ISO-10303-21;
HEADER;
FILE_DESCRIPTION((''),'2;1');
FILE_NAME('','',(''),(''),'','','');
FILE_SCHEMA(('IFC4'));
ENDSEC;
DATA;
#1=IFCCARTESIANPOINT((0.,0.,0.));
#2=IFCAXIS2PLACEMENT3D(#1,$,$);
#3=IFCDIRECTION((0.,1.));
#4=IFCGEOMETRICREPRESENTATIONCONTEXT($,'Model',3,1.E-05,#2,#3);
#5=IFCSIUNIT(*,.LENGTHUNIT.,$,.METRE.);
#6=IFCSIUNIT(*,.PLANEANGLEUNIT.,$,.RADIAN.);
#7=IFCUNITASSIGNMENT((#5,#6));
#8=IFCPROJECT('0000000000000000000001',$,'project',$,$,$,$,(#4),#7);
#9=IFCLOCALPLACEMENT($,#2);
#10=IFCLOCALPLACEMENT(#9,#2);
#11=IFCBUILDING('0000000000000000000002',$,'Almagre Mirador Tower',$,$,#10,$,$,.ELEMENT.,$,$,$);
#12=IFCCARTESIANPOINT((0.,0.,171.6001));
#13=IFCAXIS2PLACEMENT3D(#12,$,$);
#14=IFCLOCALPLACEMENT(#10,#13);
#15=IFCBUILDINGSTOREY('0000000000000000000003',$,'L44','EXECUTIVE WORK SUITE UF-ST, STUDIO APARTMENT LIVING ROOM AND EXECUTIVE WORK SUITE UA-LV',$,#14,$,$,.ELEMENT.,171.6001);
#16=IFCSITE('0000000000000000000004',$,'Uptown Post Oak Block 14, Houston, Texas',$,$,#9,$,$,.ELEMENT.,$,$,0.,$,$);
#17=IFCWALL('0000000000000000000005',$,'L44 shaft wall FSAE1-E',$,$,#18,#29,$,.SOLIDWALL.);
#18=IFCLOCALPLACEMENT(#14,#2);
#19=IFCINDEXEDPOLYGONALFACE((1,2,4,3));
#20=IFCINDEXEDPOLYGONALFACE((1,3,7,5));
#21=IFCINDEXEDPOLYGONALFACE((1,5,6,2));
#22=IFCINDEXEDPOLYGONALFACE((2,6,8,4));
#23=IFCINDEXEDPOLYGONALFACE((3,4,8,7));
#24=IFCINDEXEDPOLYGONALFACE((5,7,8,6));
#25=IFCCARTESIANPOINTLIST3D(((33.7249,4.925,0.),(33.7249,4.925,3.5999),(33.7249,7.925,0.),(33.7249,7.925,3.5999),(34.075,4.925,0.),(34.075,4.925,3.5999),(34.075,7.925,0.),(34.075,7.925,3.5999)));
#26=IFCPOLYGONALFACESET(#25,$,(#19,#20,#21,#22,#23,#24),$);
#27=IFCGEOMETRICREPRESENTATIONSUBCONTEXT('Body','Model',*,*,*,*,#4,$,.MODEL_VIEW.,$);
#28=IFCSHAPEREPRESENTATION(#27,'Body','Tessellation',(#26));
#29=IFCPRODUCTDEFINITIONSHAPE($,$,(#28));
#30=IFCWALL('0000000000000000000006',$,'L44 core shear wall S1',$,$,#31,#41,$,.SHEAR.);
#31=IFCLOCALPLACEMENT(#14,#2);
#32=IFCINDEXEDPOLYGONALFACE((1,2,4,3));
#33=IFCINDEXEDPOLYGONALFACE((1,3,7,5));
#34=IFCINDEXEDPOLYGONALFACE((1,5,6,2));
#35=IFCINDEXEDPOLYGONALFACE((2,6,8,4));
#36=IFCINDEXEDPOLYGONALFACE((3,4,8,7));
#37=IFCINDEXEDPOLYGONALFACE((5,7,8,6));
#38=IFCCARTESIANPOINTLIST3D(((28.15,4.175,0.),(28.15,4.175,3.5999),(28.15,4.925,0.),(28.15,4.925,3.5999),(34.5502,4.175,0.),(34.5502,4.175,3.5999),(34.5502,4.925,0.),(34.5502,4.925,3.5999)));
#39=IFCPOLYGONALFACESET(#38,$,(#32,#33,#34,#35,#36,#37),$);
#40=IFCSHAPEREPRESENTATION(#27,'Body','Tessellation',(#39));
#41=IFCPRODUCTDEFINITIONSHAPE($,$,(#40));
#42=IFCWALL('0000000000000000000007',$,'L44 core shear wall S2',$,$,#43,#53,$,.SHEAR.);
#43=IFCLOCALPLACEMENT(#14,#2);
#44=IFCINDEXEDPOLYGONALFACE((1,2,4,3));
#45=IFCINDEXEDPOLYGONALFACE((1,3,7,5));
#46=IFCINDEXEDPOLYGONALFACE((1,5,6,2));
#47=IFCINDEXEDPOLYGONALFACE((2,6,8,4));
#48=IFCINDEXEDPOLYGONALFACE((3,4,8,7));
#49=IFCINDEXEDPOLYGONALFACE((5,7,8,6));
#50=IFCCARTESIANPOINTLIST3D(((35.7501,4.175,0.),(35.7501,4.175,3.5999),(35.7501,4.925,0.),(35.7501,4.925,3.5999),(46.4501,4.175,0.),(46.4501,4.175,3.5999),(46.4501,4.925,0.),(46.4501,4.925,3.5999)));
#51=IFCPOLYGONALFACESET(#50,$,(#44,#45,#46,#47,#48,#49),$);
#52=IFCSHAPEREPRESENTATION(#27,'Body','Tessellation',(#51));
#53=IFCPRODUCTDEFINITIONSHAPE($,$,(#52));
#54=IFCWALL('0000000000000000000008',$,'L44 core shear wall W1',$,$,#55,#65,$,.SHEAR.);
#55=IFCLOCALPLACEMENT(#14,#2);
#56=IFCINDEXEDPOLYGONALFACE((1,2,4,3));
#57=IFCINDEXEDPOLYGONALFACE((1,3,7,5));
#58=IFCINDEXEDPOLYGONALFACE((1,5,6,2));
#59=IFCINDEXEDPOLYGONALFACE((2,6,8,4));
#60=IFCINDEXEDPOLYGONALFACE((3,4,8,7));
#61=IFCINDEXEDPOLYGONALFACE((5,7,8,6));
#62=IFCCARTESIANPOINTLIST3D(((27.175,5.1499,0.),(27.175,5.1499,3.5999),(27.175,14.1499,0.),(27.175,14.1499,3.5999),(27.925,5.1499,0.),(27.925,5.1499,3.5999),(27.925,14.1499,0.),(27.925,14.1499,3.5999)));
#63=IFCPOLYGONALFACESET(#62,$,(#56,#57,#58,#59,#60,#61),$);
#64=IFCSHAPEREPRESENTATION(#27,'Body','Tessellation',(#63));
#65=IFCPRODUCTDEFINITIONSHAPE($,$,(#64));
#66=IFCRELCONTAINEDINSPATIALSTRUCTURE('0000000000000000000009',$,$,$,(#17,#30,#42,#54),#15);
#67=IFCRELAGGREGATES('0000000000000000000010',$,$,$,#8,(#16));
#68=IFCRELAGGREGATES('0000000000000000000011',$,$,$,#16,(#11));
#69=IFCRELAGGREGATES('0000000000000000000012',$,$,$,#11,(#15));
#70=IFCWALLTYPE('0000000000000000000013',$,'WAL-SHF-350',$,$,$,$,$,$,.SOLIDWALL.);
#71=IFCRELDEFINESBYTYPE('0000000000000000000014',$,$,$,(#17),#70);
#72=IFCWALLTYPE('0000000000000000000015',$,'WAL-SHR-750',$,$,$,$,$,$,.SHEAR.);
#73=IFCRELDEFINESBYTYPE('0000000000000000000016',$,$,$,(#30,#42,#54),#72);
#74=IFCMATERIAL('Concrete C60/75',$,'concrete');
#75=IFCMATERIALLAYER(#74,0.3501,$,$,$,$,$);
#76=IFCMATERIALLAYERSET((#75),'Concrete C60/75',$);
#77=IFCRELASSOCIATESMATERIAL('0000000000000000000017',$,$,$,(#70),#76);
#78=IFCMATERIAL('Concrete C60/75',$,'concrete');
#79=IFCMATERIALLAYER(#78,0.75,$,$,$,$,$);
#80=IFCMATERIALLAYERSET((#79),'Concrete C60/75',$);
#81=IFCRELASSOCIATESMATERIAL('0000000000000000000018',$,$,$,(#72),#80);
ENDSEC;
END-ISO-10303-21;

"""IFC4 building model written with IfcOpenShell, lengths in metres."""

from ifc_helpers import new_model, si_unit, direction, frame, frame_2d, origin, place, context, subcontext, project, spatial, rectangle, extrude, material, layer, layer_set, type_object, element, save


model = new_model("IFC4")

# Units and contexts
model_context = context("Model", 3, precision=1e-05, world=origin(), true_north=direction((0.0, 1.0)))
body_context = subcontext(model_context, "Body", "Model", "MODEL_VIEW")
ifc_project = project(units=[si_unit("LENGTHUNIT", "METRE"), si_unit("PLANEANGLEUNIT", "RADIAN")], contexts=[model_context])

# Site, building, storey
site_placement = place(None, origin())
site = spatial("IfcSite", under=ifc_project, at=site_placement, Name="Uptown Post Oak Block 14, Houston, Texas", CompositionType="ELEMENT", RefElevation=0.0)
building_placement = place(site_placement, origin())
building = spatial("IfcBuilding", under=site, at=building_placement, Name="Almagre Mirador Tower", CompositionType="ELEMENT")
storey_placement = place(building_placement, frame((0.0, 0.0, 171.6001)))
storey = spatial("IfcBuildingStorey", under=building, at=storey_placement, Name="L44", Description="EXECUTIVE WORK SUITE UF-ST, STUDIO APARTMENT LIVING ROOM AND EXECUTIVE WORK SUITE UA-LV", CompositionType="ELEMENT", Elevation=171.6001)

# Walls
ifc_material_1 = material(Name="Concrete C60/75", Category="concrete")
ifc_layer_1 = layer(ifc_material_1, 0.3501)
ifc_layer_set_1 = layer_set([ifc_layer_1], Name="Concrete C60/75")
wall_type_1 = type_object("IfcWallType", Name="WAL-SHF-350", PredefinedType="SOLIDWALL", material=ifc_layer_set_1)
wall_1_placement = place(storey_placement, frame((33.8999, 4.925, 0.0), z_axis=(0.0, 0.0, 1.0), x_axis=(0.0, 1.0, 0.0)))
element("IfcWall", 1, at=wall_1_placement, inside=storey, type_object=wall_type_1, Name="L44 shaft wall FSAE1-E", PredefinedType="SOLIDWALL", context=body_context, shape_type="SweptSolid", body=[
    extrude(rectangle(XDim=3.0, YDim=0.3501, at=frame_2d((1.5, 0.0))), origin(), (0.0, 0.0, 1.0), 3.5999),
])
ifc_material_2 = material(Name="Concrete C60/75", Category="concrete")
ifc_layer_2 = layer(ifc_material_2, 0.75)
ifc_layer_set_2 = layer_set([ifc_layer_2], Name="Concrete C60/75")
wall_type_2 = type_object("IfcWallType", Name="WAL-SHR-750", PredefinedType="SHEAR", material=ifc_layer_set_2)
wall_2_placement = place(storey_placement, frame((28.1499, 4.55, 0.0), z_axis=(0.0, 0.0, 1.0), x_axis=(1.0, 0.0, 0.0)))
element("IfcWall", 2, at=wall_2_placement, inside=storey, type_object=wall_type_2, Name="L44 core shear wall S1", PredefinedType="SHEAR", context=body_context, shape_type="SweptSolid", body=[
    extrude(rectangle(XDim=6.4001, YDim=0.75, at=frame_2d((3.2002, 0.0))), origin(), (0.0, 0.0, 1.0), 3.5999),
])
wall_3_placement = place(storey_placement, frame((35.75, 4.55, 0.0), z_axis=(0.0, 0.0, 1.0), x_axis=(1.0, 0.0, 0.0)))
element("IfcWall", 3, at=wall_3_placement, inside=storey, type_object=wall_type_2, Name="L44 core shear wall S2", PredefinedType="SHEAR", context=body_context, shape_type="SweptSolid", body=[
    extrude(rectangle(XDim=10.7, YDim=0.75, at=frame_2d((5.3501, 0.0))), origin(), (0.0, 0.0, 1.0), 3.5999),
])
wall_4_placement = place(storey_placement, frame((27.55, 5.1499, 0.0), z_axis=(0.0, 0.0, 1.0), x_axis=(0.0, 1.0, 0.0)))
element("IfcWall", 4, at=wall_4_placement, inside=storey, type_object=wall_type_2, Name="L44 core shear wall W1", PredefinedType="SHEAR", context=body_context, shape_type="SweptSolid", body=[
    extrude(rectangle(XDim=9.0, YDim=0.75, at=frame_2d((4.5, 0.0))), origin(), (0.0, 0.0, 1.0), 3.5999),
])

save(model, "model.ifc")
